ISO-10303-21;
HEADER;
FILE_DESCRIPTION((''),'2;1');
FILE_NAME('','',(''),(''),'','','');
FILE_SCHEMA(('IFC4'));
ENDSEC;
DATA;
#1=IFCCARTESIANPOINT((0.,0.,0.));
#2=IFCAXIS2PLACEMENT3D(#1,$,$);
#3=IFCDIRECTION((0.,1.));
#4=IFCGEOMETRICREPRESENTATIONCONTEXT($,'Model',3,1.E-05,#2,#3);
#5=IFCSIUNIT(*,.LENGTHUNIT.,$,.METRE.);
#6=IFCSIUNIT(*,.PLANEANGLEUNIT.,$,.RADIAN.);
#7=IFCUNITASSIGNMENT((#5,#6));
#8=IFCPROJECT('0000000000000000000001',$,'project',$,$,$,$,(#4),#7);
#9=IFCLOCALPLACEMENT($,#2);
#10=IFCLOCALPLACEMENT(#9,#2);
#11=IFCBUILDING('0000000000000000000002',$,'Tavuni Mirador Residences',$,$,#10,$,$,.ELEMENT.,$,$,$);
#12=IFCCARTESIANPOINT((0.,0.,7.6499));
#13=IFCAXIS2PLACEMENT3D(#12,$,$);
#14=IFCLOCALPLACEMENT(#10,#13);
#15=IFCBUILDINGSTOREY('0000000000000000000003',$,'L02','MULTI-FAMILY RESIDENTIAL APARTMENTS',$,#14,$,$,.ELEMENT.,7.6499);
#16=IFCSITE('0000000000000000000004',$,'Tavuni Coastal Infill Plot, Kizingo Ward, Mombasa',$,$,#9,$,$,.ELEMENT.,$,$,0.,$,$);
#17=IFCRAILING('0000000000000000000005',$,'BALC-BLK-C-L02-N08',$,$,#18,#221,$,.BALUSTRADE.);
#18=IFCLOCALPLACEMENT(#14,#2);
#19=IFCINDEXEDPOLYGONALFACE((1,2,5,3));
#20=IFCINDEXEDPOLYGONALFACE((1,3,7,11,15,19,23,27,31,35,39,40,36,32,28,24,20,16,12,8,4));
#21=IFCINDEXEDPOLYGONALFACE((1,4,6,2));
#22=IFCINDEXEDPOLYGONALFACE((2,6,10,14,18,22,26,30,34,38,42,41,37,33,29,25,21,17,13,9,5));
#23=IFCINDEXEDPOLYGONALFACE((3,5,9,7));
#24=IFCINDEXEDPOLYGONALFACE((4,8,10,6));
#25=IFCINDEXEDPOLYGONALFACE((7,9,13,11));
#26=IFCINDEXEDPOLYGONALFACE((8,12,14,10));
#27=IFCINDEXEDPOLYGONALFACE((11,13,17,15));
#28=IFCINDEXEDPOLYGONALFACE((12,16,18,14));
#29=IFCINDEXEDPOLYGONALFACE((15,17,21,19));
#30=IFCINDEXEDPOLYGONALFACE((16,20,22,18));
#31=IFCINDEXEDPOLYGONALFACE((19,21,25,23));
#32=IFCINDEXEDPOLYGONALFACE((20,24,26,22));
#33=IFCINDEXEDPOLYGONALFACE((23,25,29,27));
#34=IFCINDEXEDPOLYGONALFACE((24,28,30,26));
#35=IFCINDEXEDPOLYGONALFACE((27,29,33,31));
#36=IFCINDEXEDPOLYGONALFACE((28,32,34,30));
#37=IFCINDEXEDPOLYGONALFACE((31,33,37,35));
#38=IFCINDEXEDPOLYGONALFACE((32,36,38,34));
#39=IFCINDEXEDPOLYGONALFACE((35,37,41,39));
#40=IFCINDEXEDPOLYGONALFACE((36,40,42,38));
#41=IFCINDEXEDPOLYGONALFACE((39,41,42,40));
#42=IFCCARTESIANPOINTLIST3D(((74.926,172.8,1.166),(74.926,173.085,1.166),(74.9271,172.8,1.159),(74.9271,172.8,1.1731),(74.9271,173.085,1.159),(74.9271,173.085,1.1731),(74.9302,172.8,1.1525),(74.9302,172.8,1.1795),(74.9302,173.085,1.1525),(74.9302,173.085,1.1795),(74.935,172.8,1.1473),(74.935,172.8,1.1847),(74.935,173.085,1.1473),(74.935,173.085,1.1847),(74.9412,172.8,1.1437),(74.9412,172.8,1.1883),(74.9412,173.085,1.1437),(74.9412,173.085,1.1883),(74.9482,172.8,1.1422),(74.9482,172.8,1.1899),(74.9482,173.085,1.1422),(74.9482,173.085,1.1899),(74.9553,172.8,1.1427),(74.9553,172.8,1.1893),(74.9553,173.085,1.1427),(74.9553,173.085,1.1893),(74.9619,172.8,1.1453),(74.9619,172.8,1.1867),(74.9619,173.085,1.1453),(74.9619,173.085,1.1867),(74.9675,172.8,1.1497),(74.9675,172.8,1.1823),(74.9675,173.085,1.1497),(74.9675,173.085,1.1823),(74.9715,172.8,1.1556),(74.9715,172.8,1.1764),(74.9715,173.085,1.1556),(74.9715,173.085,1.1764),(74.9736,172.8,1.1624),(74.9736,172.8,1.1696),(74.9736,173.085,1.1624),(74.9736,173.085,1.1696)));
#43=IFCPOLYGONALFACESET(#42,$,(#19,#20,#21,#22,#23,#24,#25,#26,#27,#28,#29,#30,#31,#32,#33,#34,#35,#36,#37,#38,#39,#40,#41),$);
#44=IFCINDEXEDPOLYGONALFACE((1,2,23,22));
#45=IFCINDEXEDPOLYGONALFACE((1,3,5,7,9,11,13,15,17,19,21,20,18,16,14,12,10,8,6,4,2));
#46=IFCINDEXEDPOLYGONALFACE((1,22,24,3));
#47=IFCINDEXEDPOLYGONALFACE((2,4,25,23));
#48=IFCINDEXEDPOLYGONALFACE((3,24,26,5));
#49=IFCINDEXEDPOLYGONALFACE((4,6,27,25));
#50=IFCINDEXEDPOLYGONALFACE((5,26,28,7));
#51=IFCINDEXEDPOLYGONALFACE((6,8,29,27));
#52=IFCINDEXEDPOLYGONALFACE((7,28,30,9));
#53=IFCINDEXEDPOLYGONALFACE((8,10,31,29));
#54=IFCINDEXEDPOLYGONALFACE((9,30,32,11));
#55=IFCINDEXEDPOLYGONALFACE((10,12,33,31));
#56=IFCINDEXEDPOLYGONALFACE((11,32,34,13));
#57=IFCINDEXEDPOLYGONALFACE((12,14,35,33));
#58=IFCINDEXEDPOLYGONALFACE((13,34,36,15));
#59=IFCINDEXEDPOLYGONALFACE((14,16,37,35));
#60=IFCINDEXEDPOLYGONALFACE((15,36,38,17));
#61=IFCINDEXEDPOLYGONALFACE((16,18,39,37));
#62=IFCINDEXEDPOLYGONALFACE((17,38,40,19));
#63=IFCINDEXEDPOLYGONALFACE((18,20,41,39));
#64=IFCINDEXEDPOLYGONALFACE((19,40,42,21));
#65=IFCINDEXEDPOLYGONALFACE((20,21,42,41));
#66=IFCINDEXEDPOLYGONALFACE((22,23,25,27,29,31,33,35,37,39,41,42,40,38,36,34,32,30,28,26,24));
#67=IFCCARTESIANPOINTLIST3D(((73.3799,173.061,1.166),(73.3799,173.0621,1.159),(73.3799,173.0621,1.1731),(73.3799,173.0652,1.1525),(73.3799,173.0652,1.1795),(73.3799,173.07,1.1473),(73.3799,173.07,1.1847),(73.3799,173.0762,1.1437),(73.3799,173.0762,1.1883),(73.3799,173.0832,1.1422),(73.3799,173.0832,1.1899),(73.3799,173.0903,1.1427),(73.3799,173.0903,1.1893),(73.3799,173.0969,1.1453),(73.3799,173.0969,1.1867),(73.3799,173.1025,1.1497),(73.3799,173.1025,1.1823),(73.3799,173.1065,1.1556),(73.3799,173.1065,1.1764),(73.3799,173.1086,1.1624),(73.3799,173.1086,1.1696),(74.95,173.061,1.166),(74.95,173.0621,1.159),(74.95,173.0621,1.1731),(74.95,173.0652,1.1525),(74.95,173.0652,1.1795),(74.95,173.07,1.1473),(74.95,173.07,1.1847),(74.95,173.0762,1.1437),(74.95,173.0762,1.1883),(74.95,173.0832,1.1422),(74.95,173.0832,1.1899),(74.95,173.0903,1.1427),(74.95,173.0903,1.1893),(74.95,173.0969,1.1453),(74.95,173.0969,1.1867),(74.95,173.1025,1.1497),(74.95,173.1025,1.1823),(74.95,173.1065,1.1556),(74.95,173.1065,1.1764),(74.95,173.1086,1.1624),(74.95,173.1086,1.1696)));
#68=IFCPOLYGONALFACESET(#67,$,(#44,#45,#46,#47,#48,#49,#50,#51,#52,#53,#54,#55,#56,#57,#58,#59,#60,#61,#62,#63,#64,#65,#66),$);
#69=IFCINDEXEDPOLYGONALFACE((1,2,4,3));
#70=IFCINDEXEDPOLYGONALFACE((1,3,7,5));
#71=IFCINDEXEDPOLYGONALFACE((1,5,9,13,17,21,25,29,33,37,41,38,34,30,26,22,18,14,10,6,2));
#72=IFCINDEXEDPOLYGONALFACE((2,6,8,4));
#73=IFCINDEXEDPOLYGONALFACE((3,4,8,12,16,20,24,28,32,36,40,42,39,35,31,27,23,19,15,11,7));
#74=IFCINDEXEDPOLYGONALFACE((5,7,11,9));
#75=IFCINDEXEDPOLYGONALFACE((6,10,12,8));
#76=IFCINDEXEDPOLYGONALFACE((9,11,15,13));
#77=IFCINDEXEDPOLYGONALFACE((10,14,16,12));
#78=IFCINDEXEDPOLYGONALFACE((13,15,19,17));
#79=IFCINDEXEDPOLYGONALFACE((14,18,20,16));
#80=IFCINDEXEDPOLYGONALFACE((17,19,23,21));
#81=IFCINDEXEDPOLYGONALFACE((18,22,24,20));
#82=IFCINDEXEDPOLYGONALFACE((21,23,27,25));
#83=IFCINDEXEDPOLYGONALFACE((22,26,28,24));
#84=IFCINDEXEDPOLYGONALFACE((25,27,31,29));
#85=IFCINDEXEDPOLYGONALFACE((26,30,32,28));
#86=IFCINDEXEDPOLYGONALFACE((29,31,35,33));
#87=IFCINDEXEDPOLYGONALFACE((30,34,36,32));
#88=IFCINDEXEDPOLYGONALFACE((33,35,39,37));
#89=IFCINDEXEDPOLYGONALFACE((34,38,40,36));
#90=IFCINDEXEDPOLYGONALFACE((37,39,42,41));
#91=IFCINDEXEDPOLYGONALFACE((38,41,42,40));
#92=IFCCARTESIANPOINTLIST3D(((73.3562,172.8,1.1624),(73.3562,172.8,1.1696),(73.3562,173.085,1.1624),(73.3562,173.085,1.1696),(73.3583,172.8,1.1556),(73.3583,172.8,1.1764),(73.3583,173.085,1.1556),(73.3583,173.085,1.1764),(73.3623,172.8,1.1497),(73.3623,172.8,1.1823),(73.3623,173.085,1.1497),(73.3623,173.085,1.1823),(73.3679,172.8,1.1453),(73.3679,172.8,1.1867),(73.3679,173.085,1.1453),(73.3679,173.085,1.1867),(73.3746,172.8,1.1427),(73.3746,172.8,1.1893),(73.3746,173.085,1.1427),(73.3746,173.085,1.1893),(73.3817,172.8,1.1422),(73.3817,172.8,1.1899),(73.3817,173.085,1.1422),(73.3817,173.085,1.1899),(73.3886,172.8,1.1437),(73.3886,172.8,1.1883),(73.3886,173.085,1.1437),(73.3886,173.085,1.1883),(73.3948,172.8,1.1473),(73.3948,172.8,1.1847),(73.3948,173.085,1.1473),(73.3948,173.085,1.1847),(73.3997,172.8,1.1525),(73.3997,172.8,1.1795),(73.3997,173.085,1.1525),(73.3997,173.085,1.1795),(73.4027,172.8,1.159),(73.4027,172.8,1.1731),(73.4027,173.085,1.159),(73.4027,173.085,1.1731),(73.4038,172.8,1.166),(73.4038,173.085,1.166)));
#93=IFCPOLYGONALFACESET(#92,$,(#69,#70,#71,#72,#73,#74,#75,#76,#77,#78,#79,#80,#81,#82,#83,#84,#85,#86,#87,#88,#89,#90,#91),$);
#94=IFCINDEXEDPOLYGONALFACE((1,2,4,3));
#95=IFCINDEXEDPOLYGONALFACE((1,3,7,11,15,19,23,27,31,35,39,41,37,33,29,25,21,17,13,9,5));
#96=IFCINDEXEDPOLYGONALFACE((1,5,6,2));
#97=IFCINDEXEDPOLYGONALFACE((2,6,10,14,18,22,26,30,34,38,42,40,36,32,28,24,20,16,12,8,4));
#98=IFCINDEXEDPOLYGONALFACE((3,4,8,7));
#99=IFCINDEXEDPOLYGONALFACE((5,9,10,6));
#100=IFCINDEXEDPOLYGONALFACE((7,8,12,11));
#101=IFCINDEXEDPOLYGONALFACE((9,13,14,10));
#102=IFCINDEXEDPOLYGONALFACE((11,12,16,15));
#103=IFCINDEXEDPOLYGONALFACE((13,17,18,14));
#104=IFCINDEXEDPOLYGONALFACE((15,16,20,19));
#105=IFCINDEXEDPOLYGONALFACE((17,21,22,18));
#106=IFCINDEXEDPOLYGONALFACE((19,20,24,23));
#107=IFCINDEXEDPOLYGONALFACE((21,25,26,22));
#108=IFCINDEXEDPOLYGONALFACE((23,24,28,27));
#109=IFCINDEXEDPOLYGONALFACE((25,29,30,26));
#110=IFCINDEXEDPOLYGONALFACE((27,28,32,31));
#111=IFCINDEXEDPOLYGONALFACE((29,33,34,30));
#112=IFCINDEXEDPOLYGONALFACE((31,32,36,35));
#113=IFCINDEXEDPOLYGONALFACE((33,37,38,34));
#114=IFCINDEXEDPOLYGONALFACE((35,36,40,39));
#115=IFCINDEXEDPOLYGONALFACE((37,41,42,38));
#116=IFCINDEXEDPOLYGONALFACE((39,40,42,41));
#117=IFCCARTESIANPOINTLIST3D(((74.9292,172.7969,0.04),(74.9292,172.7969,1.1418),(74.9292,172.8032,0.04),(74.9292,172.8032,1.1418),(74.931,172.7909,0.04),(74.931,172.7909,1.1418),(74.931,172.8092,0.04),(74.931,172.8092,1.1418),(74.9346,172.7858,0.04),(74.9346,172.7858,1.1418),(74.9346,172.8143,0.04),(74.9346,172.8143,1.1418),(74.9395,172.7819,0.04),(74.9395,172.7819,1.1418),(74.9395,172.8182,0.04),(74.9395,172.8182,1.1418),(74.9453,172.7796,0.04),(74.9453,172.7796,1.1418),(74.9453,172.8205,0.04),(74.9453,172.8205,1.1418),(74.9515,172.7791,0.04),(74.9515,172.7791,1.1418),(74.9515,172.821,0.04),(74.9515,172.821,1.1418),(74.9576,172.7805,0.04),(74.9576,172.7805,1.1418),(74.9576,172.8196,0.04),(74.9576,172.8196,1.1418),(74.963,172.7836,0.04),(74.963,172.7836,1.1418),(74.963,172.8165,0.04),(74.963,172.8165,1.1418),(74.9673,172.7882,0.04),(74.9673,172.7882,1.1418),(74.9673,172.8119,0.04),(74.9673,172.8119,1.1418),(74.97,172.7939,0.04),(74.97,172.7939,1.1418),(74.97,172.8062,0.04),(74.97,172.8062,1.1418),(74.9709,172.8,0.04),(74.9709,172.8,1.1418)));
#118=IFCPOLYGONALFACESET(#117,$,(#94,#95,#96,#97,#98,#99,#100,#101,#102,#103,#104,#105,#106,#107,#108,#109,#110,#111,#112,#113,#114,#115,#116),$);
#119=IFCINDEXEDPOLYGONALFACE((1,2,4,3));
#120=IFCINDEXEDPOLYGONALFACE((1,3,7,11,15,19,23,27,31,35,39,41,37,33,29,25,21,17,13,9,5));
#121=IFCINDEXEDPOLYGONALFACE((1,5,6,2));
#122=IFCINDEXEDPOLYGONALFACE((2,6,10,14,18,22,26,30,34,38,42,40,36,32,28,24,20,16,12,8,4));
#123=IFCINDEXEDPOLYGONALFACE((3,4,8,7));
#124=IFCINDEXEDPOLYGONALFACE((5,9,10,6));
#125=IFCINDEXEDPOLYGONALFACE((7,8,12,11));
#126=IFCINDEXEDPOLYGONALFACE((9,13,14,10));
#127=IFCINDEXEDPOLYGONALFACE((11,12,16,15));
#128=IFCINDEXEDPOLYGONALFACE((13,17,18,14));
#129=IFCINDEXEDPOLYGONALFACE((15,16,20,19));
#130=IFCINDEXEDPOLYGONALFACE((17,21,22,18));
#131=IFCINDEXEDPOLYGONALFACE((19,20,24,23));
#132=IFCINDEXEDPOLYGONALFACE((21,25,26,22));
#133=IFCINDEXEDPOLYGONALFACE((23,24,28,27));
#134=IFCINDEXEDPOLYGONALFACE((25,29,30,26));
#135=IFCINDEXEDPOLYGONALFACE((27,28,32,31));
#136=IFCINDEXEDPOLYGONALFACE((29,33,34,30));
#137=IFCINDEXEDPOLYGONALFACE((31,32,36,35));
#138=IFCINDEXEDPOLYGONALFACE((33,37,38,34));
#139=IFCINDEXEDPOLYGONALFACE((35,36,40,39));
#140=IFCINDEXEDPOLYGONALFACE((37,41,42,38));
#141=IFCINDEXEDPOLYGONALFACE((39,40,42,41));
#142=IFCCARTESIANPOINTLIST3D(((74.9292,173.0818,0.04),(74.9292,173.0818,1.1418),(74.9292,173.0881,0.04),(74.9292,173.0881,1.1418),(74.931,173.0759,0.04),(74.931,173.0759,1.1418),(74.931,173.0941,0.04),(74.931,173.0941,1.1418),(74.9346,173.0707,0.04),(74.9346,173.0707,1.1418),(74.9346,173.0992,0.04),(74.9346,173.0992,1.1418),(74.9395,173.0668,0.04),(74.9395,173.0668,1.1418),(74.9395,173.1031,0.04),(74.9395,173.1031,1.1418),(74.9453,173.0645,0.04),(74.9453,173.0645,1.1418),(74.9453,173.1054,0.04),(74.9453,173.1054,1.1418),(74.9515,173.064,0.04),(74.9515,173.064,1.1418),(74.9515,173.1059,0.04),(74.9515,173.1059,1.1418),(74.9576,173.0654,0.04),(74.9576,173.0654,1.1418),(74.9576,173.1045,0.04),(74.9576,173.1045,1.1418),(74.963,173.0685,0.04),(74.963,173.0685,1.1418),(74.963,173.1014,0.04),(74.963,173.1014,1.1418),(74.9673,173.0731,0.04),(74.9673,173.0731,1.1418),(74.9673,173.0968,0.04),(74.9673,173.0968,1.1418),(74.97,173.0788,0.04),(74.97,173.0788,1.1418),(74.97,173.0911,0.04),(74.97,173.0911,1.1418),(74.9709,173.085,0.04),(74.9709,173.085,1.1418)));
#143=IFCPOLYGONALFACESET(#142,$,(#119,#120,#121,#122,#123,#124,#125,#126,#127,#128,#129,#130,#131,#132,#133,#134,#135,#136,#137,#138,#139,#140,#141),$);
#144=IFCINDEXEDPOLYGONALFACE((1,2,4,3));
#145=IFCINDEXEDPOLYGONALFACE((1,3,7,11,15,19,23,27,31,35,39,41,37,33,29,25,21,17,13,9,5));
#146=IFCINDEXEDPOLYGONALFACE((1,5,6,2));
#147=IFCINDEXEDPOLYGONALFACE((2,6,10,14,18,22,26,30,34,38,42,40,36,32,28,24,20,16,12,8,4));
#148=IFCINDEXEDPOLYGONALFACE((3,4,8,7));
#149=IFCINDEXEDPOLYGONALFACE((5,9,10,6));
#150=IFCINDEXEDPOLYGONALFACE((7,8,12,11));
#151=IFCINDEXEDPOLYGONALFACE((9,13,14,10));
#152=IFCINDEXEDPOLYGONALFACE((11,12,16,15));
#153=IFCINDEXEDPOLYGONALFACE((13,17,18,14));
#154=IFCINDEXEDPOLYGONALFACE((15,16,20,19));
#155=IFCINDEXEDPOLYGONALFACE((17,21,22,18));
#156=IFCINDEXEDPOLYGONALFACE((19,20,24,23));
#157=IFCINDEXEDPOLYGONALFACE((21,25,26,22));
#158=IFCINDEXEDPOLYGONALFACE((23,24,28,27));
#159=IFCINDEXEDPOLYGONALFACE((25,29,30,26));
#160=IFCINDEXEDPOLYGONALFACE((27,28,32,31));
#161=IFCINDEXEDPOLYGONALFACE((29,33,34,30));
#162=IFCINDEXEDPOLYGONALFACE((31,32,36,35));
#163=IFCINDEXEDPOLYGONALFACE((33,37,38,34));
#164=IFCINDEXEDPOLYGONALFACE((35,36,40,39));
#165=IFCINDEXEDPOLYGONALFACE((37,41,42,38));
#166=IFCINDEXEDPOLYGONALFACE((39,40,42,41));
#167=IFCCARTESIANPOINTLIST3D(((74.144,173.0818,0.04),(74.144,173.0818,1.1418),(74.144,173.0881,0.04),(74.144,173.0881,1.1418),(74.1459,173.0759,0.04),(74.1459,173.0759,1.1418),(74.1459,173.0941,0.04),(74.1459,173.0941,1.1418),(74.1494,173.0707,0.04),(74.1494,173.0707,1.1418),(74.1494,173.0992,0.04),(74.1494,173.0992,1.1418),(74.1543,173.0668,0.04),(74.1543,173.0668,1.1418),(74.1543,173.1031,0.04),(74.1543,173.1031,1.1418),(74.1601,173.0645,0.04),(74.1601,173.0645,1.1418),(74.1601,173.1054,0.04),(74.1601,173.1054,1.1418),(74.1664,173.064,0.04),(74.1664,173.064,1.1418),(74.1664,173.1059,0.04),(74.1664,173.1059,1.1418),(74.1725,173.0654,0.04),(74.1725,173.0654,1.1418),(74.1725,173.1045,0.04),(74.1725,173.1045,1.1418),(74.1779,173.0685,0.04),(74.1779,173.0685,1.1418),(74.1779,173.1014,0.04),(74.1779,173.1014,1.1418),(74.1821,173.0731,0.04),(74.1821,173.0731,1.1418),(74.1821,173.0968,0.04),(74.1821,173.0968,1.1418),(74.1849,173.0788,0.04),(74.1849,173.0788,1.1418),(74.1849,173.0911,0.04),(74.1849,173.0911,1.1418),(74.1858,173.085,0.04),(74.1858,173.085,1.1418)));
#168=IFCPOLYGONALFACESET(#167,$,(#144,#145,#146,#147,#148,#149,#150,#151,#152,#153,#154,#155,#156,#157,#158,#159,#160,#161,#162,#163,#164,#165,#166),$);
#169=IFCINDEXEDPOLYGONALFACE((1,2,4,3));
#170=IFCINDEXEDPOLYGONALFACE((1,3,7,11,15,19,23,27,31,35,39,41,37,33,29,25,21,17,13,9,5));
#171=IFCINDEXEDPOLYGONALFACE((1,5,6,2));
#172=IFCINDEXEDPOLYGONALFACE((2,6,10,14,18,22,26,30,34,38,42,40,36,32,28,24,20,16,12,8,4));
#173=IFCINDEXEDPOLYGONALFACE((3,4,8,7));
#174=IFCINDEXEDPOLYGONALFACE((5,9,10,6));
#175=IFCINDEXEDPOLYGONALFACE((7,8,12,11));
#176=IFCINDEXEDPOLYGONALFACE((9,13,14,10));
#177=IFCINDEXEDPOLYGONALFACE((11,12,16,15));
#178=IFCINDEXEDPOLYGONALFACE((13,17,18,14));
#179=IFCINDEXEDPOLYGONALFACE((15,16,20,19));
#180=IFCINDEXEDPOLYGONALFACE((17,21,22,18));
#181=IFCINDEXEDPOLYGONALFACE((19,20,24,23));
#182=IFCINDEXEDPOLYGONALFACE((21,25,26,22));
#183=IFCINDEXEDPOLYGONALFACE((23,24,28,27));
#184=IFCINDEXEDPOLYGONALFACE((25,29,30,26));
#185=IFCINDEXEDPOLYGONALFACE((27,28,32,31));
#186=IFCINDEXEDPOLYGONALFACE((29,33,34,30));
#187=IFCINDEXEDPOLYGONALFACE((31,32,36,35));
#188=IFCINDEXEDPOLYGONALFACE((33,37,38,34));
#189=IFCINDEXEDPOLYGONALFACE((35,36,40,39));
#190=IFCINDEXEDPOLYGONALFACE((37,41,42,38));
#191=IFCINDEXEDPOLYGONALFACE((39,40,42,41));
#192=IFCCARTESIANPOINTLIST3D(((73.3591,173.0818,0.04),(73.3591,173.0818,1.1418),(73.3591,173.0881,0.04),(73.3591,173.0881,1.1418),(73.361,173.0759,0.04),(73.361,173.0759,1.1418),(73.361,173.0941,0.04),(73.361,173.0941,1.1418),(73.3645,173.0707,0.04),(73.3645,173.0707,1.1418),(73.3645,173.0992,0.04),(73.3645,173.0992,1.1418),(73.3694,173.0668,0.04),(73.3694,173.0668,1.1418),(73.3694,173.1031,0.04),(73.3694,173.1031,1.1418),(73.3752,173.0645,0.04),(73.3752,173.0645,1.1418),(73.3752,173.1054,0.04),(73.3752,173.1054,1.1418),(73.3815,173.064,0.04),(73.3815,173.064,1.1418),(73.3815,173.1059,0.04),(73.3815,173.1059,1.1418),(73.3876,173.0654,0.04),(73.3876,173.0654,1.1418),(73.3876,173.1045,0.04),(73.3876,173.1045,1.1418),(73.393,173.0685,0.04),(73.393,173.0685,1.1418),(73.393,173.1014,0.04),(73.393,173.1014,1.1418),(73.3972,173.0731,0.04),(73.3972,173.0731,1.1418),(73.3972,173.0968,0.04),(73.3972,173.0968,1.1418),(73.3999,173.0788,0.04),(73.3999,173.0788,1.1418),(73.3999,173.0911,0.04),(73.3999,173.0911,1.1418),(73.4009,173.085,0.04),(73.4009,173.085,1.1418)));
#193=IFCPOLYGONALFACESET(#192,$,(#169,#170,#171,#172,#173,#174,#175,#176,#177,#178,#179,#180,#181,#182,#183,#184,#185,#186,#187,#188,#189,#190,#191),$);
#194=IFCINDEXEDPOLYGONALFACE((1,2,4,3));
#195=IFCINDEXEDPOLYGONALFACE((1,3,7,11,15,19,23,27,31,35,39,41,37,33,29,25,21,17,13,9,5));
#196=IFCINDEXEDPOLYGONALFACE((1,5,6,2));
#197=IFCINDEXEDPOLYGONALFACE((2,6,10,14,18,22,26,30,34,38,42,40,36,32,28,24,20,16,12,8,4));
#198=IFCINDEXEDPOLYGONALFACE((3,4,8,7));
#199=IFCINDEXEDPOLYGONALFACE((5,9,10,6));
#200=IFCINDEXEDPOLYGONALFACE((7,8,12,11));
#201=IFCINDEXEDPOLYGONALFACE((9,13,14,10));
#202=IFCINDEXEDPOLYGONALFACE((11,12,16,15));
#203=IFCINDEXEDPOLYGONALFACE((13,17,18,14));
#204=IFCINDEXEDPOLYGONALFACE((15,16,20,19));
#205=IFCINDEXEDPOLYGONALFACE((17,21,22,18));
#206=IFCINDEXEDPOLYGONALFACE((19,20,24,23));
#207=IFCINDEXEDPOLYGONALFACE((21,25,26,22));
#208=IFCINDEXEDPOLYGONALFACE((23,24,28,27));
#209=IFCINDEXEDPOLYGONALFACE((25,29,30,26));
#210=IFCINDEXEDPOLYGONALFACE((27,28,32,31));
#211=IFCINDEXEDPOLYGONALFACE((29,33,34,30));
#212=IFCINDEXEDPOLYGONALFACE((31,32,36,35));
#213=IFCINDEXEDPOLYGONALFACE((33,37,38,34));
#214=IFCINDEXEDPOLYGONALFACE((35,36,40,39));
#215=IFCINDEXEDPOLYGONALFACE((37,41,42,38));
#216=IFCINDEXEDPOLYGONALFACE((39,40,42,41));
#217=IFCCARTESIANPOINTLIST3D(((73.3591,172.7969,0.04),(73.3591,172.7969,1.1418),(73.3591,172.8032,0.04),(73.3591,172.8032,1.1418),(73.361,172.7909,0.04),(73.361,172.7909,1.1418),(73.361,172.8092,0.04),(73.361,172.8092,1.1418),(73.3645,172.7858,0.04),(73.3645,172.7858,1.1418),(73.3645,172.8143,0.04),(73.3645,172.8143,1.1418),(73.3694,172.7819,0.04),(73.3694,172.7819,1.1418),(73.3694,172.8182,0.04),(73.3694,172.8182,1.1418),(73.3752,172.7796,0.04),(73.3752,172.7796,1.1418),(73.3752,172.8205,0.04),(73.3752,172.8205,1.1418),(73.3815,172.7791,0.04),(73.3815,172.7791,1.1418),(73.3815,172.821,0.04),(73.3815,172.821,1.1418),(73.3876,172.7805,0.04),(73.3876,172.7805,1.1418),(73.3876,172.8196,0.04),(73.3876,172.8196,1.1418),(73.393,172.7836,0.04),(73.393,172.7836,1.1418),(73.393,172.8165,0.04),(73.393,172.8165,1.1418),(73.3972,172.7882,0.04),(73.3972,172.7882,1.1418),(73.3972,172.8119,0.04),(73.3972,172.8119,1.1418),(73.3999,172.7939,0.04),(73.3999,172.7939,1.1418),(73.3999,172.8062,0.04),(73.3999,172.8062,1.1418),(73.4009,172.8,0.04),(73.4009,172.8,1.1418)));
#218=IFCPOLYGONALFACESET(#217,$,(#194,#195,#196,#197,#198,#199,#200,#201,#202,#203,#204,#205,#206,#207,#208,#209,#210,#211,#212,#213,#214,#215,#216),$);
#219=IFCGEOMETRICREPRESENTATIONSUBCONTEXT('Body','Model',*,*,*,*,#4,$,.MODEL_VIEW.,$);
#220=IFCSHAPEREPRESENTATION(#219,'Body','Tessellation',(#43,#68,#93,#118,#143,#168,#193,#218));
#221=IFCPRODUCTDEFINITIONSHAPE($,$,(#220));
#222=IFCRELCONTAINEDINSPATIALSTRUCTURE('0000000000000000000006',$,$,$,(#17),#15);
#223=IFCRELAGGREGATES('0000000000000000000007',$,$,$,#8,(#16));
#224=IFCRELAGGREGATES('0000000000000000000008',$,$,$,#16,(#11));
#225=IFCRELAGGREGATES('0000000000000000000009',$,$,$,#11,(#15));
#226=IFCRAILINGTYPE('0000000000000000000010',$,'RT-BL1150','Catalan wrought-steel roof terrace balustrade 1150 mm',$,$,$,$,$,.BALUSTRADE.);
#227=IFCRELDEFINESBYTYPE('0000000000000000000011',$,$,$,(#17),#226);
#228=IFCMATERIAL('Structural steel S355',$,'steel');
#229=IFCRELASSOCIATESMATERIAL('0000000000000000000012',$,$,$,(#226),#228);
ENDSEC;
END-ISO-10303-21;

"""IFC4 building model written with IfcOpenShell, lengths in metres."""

from ifc_helpers import new_model, si_unit, direction, frame, origin, origin_2d, place, context, subcontext, project, spatial, circle, extrude, material, type_object, element, save


model = new_model("IFC4")

# Units and contexts
model_context = context("Model", 3, precision=1e-05, world=origin(), true_north=direction((0.0, 1.0)))
body_context = subcontext(model_context, "Body", "Model", "MODEL_VIEW")
ifc_project = project(units=[si_unit("LENGTHUNIT", "METRE"), si_unit("PLANEANGLEUNIT", "RADIAN")], contexts=[model_context])

# Site, building, storey
site_placement = place(None, origin())
site = spatial("IfcSite", under=ifc_project, at=site_placement, Name="Tavuni Coastal Infill Plot, Kizingo Ward, Mombasa", CompositionType="ELEMENT", RefElevation=0.0)
building_placement = place(site_placement, origin())
building = spatial("IfcBuilding", under=site, at=building_placement, Name="Tavuni Mirador Residences", CompositionType="ELEMENT")
storey_placement = place(building_placement, frame((0.0, 0.0, 7.6499)))
storey = spatial("IfcBuildingStorey", under=building, at=storey_placement, Name="L02", Description="MULTI-FAMILY RESIDENTIAL APARTMENTS", CompositionType="ELEMENT", Elevation=7.6499)

# Railing
ifc_material_1 = material(Name="Structural steel S355", Category="steel")
railing_type = type_object("IfcRailingType", Name="RT-BL1150", Description="Catalan wrought-steel roof terrace balustrade 1150 mm", PredefinedType="BALUSTRADE", material=ifc_material_1)
railing_placement = place(storey_placement, frame((74.95, 172.8, 0.04)))
element("IfcRailing", 1, at=railing_placement, inside=storey, type_object=railing_type, Name="BALC-BLK-C-L02-N08", PredefinedType="BALUSTRADE", context=body_context, shape_type="SweptSolid", body=[
    extrude(circle(Radius=0.0239, at=origin_2d()), frame((0.0, 0.0, 1.126), z_axis=(0.0, 1.0, 0.0), x_axis=(-1.0, 0.0, 0.0)), (0.0, 0.0, 1.0), 0.2849),
    extrude(circle(Radius=0.0239, at=origin_2d()), frame((0.0, 0.2849, 1.126), z_axis=(-1.0, 0.0, 0.0), x_axis=(0.0, -1.0, 0.0)), (0.0, 0.0, 1.0), 1.5701),
    extrude(circle(Radius=0.0239, at=origin_2d()), frame((-1.5701, 0.2849, 1.126), z_axis=(0.0, -1.0, 0.0), x_axis=(1.0, 0.0, 0.0)), (0.0, 0.0, 1.0), 0.2849),
    extrude(circle(Radius=0.021, at=origin_2d()), origin(), (0.0, 0.0, 1.0), 1.1018),
    extrude(circle(Radius=0.021, at=origin_2d()), frame((0.0, 0.2849, 0.0)), (0.0, 0.0, 1.0), 1.1018),
    extrude(circle(Radius=0.021, at=origin_2d()), frame((-0.7852, 0.2849, 0.0)), (0.0, 0.0, 1.0), 1.1018),
    extrude(circle(Radius=0.021, at=origin_2d()), frame((-1.5701, 0.2849, 0.0)), (0.0, 0.0, 1.0), 1.1018),
    extrude(circle(Radius=0.021, at=origin_2d()), frame((-1.5701, 0.0, 0.0)), (0.0, 0.0, 1.0), 1.1018),
])

save(model, "model.ifc")
